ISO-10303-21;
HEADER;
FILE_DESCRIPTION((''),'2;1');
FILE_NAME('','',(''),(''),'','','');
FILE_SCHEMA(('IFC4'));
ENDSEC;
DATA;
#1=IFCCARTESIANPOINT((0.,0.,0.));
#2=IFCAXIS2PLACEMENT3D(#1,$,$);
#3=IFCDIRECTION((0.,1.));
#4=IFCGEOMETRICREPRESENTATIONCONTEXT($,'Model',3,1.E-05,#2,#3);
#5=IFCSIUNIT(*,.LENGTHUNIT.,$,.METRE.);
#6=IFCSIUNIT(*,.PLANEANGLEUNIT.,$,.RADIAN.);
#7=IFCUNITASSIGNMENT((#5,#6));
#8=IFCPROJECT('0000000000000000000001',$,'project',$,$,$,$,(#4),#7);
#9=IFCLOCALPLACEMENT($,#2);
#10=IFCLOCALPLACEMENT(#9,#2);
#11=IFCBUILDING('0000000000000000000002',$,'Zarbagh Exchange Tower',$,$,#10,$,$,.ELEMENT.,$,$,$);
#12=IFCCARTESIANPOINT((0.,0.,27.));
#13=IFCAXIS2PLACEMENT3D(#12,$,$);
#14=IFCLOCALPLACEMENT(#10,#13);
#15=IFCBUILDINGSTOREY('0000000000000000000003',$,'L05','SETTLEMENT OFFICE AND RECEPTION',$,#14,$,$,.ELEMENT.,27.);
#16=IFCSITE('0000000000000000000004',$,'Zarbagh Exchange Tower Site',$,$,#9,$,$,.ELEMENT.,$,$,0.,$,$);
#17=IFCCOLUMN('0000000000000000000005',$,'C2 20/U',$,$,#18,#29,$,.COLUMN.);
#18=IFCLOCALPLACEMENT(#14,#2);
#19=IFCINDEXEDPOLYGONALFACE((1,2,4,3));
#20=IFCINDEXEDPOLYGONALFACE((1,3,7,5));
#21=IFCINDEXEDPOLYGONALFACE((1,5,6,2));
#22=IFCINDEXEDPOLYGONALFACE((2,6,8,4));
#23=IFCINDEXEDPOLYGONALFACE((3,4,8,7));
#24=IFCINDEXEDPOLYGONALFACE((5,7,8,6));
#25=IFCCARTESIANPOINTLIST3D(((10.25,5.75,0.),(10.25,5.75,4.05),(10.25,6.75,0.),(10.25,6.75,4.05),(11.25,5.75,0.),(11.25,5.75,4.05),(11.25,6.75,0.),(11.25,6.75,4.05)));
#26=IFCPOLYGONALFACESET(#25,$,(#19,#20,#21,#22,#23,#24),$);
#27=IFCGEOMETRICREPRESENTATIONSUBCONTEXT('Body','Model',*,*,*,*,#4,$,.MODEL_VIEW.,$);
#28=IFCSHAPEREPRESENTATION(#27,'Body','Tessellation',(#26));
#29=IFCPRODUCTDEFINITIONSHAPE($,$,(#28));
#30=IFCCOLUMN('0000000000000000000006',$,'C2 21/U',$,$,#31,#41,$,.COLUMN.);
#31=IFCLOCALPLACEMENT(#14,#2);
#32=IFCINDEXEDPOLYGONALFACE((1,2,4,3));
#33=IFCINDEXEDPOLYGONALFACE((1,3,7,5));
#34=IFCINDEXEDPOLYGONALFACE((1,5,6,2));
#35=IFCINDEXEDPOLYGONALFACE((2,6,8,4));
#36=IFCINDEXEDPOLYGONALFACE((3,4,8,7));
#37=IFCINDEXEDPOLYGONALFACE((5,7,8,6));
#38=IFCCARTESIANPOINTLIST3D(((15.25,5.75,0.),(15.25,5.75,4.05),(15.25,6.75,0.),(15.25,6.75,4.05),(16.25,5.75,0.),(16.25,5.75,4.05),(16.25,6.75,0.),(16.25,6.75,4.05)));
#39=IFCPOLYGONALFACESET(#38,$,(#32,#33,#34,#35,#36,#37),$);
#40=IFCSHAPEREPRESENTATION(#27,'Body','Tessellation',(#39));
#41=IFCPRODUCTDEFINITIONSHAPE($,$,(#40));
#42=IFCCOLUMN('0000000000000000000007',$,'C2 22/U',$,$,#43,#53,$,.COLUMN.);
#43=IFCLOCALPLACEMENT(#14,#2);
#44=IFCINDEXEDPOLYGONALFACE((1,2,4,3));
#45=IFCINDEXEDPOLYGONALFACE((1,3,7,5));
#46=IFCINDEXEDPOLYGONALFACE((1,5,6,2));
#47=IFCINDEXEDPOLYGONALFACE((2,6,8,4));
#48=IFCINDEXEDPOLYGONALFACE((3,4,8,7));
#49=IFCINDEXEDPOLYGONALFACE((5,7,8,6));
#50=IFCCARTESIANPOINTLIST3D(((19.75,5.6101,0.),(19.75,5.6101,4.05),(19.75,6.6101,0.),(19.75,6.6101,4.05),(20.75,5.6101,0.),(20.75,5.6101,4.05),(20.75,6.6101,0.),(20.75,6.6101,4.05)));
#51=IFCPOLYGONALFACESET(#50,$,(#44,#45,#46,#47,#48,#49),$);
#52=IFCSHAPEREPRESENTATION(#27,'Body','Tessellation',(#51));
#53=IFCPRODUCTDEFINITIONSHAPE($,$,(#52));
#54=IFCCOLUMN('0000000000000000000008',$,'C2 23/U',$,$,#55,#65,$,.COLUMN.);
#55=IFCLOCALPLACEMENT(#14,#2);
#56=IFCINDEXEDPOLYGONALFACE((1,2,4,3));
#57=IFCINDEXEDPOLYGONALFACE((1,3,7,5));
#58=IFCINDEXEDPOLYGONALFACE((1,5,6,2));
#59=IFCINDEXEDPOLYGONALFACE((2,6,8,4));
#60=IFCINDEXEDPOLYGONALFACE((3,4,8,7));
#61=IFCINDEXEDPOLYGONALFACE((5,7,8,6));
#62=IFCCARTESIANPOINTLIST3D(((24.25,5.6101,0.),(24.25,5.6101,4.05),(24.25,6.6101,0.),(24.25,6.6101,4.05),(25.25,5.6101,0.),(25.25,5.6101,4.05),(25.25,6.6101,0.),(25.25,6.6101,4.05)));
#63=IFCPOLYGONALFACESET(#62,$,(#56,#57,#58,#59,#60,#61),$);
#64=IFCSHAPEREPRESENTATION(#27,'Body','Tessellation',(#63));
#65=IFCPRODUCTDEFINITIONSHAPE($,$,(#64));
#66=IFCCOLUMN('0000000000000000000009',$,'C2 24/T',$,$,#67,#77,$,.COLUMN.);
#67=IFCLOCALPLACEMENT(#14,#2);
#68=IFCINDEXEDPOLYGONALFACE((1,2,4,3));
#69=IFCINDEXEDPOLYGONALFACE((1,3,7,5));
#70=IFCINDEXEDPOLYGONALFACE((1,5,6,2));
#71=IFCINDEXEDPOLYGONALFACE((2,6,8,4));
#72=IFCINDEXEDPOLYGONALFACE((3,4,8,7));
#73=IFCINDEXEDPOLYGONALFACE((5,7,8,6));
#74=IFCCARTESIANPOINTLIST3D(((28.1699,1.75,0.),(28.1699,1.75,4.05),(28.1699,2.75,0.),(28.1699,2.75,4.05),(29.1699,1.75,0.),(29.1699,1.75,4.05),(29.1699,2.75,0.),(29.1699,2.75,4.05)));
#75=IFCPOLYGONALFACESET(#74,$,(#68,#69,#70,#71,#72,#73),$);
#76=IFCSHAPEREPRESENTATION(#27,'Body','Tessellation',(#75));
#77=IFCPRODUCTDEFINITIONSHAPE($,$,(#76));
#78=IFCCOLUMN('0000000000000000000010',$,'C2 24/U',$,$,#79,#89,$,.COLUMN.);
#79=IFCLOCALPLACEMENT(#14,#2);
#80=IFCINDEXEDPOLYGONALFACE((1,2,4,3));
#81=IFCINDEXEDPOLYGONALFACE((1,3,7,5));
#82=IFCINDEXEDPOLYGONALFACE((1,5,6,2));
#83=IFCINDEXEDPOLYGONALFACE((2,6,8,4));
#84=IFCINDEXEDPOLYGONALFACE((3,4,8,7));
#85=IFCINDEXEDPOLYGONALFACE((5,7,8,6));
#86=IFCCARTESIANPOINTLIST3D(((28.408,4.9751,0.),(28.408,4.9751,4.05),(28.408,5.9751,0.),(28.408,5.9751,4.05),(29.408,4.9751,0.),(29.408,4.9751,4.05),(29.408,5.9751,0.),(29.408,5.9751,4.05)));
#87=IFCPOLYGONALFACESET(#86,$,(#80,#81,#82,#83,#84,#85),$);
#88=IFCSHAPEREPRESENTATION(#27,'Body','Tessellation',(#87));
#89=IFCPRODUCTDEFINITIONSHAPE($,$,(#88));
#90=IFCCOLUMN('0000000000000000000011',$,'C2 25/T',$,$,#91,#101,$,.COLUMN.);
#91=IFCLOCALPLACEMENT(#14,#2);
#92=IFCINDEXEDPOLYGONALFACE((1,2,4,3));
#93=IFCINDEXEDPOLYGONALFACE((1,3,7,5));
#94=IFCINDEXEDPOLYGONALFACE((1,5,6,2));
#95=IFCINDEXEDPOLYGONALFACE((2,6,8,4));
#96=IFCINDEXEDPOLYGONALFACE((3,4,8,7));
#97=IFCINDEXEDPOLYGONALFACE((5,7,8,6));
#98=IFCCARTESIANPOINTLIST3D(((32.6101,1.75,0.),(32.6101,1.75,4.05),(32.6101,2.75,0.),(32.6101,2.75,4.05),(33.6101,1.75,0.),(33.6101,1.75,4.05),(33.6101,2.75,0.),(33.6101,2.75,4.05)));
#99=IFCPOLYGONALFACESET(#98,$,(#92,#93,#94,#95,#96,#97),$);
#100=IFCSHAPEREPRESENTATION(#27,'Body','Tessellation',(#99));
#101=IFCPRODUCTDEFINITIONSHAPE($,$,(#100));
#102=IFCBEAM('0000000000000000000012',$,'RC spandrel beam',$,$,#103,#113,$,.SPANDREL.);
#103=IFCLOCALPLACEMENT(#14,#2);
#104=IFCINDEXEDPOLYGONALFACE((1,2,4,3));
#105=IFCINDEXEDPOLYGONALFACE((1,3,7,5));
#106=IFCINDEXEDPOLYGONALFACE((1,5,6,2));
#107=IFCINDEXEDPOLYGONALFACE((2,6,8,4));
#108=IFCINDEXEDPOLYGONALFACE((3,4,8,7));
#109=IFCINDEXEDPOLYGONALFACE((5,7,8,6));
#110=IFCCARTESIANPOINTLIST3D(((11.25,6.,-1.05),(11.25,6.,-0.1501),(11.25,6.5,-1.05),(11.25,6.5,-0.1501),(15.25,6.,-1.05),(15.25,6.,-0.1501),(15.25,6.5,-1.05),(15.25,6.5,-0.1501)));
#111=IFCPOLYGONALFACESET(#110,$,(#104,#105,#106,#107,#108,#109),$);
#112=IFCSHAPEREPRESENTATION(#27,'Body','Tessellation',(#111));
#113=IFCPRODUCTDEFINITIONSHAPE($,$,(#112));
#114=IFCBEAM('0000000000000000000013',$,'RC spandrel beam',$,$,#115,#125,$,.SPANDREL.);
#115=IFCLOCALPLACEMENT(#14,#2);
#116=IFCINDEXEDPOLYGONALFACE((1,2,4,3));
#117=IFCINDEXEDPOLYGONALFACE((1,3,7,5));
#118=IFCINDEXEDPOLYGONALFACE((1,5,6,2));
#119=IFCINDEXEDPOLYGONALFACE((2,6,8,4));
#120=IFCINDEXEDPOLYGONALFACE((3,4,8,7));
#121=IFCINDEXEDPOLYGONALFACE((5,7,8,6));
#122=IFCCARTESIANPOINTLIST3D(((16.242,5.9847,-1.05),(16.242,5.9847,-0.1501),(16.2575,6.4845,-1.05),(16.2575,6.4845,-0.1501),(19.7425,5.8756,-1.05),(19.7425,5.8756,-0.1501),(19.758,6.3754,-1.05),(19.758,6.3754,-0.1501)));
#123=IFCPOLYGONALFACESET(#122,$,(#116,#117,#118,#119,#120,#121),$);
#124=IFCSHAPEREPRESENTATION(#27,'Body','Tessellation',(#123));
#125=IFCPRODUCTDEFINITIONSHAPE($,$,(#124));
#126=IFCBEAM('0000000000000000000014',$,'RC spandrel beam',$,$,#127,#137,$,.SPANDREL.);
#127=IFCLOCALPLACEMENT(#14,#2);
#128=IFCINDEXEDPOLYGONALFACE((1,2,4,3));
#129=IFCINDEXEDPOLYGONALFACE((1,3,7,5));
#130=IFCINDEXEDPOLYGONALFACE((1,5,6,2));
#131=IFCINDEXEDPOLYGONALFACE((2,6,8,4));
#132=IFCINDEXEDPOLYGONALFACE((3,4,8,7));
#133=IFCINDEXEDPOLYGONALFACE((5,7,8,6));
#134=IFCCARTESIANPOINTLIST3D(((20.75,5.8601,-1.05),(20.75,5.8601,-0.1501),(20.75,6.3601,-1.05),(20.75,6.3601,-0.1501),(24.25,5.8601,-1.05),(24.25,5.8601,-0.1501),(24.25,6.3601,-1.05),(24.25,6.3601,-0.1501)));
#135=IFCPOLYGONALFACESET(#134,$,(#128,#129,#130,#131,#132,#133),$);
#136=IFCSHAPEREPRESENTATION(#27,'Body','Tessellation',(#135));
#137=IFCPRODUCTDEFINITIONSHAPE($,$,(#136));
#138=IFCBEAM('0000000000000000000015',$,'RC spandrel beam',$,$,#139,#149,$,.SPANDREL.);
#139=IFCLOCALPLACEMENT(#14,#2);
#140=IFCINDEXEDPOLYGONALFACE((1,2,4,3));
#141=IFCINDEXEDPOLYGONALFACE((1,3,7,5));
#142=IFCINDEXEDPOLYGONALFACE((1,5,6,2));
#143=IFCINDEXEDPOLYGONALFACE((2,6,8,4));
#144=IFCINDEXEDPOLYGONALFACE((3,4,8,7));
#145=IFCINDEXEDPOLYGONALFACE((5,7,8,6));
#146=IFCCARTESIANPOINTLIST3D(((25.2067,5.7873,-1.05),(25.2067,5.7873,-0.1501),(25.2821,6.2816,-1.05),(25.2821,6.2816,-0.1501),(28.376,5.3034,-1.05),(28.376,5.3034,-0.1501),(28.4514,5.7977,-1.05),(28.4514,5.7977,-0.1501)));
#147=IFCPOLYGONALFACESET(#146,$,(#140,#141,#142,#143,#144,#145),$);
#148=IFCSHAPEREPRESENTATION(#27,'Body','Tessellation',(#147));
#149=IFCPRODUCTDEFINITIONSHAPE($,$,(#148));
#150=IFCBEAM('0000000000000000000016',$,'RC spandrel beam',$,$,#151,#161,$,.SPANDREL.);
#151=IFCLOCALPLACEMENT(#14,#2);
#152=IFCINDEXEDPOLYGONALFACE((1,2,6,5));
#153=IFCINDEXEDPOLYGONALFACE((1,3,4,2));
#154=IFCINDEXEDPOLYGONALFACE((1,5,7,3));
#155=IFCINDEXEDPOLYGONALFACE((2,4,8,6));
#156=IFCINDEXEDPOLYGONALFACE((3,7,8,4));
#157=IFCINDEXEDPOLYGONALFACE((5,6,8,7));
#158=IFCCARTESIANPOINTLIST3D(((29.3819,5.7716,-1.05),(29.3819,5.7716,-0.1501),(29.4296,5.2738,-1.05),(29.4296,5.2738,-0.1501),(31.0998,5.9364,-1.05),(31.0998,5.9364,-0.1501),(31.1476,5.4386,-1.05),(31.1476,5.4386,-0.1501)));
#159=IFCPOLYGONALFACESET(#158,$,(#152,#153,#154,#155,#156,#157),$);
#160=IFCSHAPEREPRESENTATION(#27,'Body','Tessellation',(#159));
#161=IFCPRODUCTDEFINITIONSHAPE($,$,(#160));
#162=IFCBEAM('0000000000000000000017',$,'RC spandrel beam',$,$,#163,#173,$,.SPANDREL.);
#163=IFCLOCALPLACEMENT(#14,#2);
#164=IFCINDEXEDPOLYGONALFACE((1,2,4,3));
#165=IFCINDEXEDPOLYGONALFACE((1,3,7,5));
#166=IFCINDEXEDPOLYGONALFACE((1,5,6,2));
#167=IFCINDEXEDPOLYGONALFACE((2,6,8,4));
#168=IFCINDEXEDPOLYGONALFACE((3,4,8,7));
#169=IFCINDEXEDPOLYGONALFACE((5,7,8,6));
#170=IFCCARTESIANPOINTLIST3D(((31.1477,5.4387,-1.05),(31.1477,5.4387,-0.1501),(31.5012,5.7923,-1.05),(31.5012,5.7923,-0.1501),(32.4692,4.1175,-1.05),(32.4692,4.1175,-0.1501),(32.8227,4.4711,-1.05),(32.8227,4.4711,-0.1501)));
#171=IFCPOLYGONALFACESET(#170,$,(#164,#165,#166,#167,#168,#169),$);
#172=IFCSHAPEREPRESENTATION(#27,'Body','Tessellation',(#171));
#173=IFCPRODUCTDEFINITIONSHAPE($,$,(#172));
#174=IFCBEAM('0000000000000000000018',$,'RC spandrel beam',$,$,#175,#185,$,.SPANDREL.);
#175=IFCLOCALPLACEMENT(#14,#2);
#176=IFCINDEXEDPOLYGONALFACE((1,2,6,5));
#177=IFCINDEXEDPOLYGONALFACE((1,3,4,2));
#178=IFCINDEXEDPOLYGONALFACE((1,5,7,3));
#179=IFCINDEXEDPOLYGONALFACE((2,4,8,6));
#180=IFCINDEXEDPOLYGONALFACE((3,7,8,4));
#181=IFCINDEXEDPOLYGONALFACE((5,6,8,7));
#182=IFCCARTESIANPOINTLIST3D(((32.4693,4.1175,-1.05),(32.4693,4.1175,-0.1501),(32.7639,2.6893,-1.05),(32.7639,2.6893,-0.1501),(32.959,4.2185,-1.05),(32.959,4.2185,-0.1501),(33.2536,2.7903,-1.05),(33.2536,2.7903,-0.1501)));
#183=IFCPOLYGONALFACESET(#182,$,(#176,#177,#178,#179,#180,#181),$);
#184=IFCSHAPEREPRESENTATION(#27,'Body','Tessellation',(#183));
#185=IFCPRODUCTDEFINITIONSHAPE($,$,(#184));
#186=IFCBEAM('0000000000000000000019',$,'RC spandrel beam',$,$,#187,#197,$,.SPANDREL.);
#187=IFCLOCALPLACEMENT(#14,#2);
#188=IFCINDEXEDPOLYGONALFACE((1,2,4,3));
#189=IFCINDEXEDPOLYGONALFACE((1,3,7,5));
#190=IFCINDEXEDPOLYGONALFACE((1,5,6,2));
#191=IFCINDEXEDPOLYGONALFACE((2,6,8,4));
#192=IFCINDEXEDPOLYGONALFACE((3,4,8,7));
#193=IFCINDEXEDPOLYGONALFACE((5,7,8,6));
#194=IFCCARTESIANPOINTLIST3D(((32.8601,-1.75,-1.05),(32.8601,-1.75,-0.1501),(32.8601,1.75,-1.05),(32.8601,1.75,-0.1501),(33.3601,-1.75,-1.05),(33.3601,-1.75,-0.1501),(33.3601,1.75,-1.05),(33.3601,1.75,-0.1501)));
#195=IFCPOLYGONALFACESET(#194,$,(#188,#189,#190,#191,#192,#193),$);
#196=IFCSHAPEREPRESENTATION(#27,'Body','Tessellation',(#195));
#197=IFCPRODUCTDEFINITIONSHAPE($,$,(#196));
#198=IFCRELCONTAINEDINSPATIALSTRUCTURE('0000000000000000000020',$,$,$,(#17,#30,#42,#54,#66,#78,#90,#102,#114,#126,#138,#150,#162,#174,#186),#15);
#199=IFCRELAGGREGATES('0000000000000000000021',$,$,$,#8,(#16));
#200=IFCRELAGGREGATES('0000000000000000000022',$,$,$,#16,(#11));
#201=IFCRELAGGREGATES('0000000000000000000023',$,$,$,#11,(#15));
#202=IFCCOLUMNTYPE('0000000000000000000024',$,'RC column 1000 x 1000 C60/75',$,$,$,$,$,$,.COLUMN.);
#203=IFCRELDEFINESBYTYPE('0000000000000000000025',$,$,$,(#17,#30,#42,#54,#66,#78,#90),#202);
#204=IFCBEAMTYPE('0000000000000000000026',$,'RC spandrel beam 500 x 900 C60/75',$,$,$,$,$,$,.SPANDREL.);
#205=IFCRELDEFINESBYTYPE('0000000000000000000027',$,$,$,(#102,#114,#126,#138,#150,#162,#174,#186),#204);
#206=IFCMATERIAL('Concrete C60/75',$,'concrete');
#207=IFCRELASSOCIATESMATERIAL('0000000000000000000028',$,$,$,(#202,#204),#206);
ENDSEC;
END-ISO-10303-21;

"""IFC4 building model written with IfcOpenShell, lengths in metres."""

from ifc_helpers import new_model, si_unit, direction, frame, origin, origin_2d, place, context, subcontext, project, spatial, rectangle, extrude, material, material_profile, profile_set, type_object, element, save


model = new_model("IFC4")

# Units and contexts
model_context = context("Model", 3, precision=1e-05, world=origin(), true_north=direction((0.0, 1.0)))
body_context = subcontext(model_context, "Body", "Model", "MODEL_VIEW")
ifc_project = project(units=[si_unit("LENGTHUNIT", "METRE"), si_unit("PLANEANGLEUNIT", "RADIAN")], contexts=[model_context])

# Site, building, storey
site_placement = place(None, origin())
site = spatial("IfcSite", under=ifc_project, at=site_placement, Name="Zarbagh Exchange Tower Site", CompositionType="ELEMENT", RefElevation=0.0)
building_placement = place(site_placement, origin())
building = spatial("IfcBuilding", under=site, at=building_placement, Name="Zarbagh Exchange Tower", CompositionType="ELEMENT")
storey_placement = place(building_placement, frame((0.0, 0.0, 27.0)))
storey = spatial("IfcBuildingStorey", under=building, at=storey_placement, Name="L05", Description="SETTLEMENT OFFICE AND RECEPTION", CompositionType="ELEMENT", Elevation=27.0)

# Columns
ifc_material_1 = material(Name="Concrete C60/75", Category="concrete")
ifc_material_profile_1 = material_profile(ifc_material_1, rectangle(XDim=1.0, YDim=1.0, at=origin_2d()), Name="RC column 1000 x 1000 C60/75")
ifc_profile_set_1 = profile_set([ifc_material_profile_1], Name="Concrete C60/75")
column_type = type_object("IfcColumnType", Name="RC column 1000 x 1000 C60/75", PredefinedType="COLUMN", material=ifc_profile_set_1)
for number, where, z_axis, x_axis, name in (
    (1, (10.75, 6.25, 0.0), (0.0, 0.0, 1.0), (1.0, 0.0, 0.0), "C2 20/U"),
    (2, (15.75, 6.25, 0.0), (0.0, 0.0, 1.0), (1.0, 0.0, 0.0), "C2 21/U"),
    (3, (20.25, 6.1101, 0.0), (0.0, 0.0, 1.0), (1.0, 0.0, 0.0), "C2 22/U"),
    (4, (24.75, 6.1101, 0.0), (0.0, 0.0, 1.0), (1.0, 0.0, 0.0), "C2 23/U"),
    (5, (28.6699, 2.25, 0.0), (0.0, 0.0, 1.0), (1.0, 0.0, 0.0), "C2 24/T"),
    (6, (28.908, 5.4751, 0.0), (0.0, 0.0, 1.0), (1.0, 0.0, 0.0), "C2 24/U"),
    (7, (33.1101, 2.25, 0.0), (0.0, 0.0, 1.0), (1.0, 0.0, 0.0), "C2 25/T"),
):
    element("IfcColumn", number, at=place(storey_placement, frame(where, z_axis=z_axis, x_axis=x_axis)), inside=storey, type_object=column_type, Name=name, PredefinedType="COLUMN", context=body_context, shape_type="SweptSolid", body=[
        extrude(rectangle(XDim=1.0, YDim=1.0, at=origin_2d()), origin(), (0.0, 0.0, 1.0), 4.05),
    ])

# Beams
ifc_material_profile_2 = material_profile(ifc_material_1, rectangle(XDim=0.5, YDim=0.8999, at=origin_2d()), Name="RC spandrel beam 500 x 900 C60/75")
ifc_profile_set_2 = profile_set([ifc_material_profile_2], Name="Concrete C60/75")
beam_type = type_object("IfcBeamType", Name="RC spandrel beam 500 x 900 C60/75", PredefinedType="SPANDREL", material=ifc_profile_set_2)
beam_1_placement = place(storey_placement, frame((11.25, 6.25, -0.6001), z_axis=(1.0, 0.0, 0.0), x_axis=(0.0, 1.0, 0.0)))
element("IfcBeam", 8, at=beam_1_placement, inside=storey, type_object=beam_type, Name="RC spandrel beam", PredefinedType="SPANDREL", context=body_context, shape_type="SweptSolid", body=[
    extrude(rectangle(XDim=0.5, YDim=0.8999, at=origin_2d()), origin(), (0.0, 0.0, 1.0), 4.0),
])
beam_2_placement = place(storey_placement, frame((16.2498, 6.2346, -0.6001), z_axis=(0.999514, -0.031161, 0.0), x_axis=(0.031161, 0.999514, 0.0)))
element("IfcBeam", 9, at=beam_2_placement, inside=storey, type_object=beam_type, Name="RC spandrel beam", PredefinedType="SPANDREL", context=body_context, shape_type="SweptSolid", body=[
    extrude(rectangle(XDim=0.5, YDim=0.8999, at=origin_2d()), origin(), (0.0, 0.0, 1.0), 3.5022),
])
beam_3_placement = place(storey_placement, frame((20.75, 6.1101, -0.6001), z_axis=(1.0, 0.0, 0.0), x_axis=(0.0, 1.0, 0.0)))
element("IfcBeam", 10, at=beam_3_placement, inside=storey, type_object=beam_type, Name="RC spandrel beam", PredefinedType="SPANDREL", context=body_context, shape_type="SweptSolid", body=[
    extrude(rectangle(XDim=0.5, YDim=0.8999, at=origin_2d()), origin(), (0.0, 0.0, 1.0), 3.5),
])
beam_4_placement = place(storey_placement, frame((25.2444, 6.0344, -0.6001), z_axis=(0.988545, -0.150924, 0.0), x_axis=(0.150924, 0.988545, 0.0)))
element("IfcBeam", 11, at=beam_4_placement, inside=storey, type_object=beam_type, Name="RC spandrel beam", PredefinedType="SPANDREL", context=body_context, shape_type="SweptSolid", body=[
    extrude(rectangle(XDim=0.5, YDim=0.8999, at=origin_2d()), origin(), (0.0, 0.0, 1.0), 3.2061),
])
beam_5_placement = place(storey_placement, frame((29.4058, 5.5227, -0.6001), z_axis=(0.995431, 0.095483, 0.0), x_axis=(-0.095483, 0.995431, 0.0)))
element("IfcBeam", 12, at=beam_5_placement, inside=storey, type_object=beam_type, Name="RC spandrel beam", PredefinedType="SPANDREL", context=body_context, shape_type="SweptSolid", body=[
    extrude(rectangle(XDim=0.5, YDim=0.8999, at=origin_2d()), origin(), (0.0, 0.0, 1.0), 1.7258),
])
beam_6_placement = place(storey_placement, frame((31.3245, 5.6155, -0.6001), z_axis=(0.707172, -0.707041, 0.0), x_axis=(0.707041, 0.707172, 0.0)))
element("IfcBeam", 13, at=beam_6_placement, inside=storey, type_object=beam_type, Name="RC spandrel beam", PredefinedType="SPANDREL", context=body_context, shape_type="SweptSolid", body=[
    extrude(rectangle(XDim=0.5, YDim=0.8999, at=origin_2d()), origin(), (0.0, 0.0, 1.0), 1.8687),
])
beam_7_placement = place(storey_placement, frame((32.7141, 4.168, -0.6001), z_axis=(0.202069, -0.979371, 0.0), x_axis=(0.979371, 0.202069, 0.0)))
element("IfcBeam", 14, at=beam_7_placement, inside=storey, type_object=beam_type, Name="RC spandrel beam", PredefinedType="SPANDREL", context=body_context, shape_type="SweptSolid", body=[
    extrude(rectangle(XDim=0.5, YDim=0.8999, at=origin_2d()), origin(), (0.0, 0.0, 1.0), 1.4583),
])
beam_8_placement = place(storey_placement, frame((33.1101, 1.75, -0.6001), z_axis=(0.0, -1.0, 0.0), x_axis=(1.0, 0.0, 0.0)))
element("IfcBeam", 15, at=beam_8_placement, inside=storey, type_object=beam_type, Name="RC spandrel beam", PredefinedType="SPANDREL", context=body_context, shape_type="SweptSolid", body=[
    extrude(rectangle(XDim=0.5, YDim=0.8999, at=origin_2d()), origin(), (0.0, 0.0, 1.0), 3.5),
])

save(model, "model.ifc")
